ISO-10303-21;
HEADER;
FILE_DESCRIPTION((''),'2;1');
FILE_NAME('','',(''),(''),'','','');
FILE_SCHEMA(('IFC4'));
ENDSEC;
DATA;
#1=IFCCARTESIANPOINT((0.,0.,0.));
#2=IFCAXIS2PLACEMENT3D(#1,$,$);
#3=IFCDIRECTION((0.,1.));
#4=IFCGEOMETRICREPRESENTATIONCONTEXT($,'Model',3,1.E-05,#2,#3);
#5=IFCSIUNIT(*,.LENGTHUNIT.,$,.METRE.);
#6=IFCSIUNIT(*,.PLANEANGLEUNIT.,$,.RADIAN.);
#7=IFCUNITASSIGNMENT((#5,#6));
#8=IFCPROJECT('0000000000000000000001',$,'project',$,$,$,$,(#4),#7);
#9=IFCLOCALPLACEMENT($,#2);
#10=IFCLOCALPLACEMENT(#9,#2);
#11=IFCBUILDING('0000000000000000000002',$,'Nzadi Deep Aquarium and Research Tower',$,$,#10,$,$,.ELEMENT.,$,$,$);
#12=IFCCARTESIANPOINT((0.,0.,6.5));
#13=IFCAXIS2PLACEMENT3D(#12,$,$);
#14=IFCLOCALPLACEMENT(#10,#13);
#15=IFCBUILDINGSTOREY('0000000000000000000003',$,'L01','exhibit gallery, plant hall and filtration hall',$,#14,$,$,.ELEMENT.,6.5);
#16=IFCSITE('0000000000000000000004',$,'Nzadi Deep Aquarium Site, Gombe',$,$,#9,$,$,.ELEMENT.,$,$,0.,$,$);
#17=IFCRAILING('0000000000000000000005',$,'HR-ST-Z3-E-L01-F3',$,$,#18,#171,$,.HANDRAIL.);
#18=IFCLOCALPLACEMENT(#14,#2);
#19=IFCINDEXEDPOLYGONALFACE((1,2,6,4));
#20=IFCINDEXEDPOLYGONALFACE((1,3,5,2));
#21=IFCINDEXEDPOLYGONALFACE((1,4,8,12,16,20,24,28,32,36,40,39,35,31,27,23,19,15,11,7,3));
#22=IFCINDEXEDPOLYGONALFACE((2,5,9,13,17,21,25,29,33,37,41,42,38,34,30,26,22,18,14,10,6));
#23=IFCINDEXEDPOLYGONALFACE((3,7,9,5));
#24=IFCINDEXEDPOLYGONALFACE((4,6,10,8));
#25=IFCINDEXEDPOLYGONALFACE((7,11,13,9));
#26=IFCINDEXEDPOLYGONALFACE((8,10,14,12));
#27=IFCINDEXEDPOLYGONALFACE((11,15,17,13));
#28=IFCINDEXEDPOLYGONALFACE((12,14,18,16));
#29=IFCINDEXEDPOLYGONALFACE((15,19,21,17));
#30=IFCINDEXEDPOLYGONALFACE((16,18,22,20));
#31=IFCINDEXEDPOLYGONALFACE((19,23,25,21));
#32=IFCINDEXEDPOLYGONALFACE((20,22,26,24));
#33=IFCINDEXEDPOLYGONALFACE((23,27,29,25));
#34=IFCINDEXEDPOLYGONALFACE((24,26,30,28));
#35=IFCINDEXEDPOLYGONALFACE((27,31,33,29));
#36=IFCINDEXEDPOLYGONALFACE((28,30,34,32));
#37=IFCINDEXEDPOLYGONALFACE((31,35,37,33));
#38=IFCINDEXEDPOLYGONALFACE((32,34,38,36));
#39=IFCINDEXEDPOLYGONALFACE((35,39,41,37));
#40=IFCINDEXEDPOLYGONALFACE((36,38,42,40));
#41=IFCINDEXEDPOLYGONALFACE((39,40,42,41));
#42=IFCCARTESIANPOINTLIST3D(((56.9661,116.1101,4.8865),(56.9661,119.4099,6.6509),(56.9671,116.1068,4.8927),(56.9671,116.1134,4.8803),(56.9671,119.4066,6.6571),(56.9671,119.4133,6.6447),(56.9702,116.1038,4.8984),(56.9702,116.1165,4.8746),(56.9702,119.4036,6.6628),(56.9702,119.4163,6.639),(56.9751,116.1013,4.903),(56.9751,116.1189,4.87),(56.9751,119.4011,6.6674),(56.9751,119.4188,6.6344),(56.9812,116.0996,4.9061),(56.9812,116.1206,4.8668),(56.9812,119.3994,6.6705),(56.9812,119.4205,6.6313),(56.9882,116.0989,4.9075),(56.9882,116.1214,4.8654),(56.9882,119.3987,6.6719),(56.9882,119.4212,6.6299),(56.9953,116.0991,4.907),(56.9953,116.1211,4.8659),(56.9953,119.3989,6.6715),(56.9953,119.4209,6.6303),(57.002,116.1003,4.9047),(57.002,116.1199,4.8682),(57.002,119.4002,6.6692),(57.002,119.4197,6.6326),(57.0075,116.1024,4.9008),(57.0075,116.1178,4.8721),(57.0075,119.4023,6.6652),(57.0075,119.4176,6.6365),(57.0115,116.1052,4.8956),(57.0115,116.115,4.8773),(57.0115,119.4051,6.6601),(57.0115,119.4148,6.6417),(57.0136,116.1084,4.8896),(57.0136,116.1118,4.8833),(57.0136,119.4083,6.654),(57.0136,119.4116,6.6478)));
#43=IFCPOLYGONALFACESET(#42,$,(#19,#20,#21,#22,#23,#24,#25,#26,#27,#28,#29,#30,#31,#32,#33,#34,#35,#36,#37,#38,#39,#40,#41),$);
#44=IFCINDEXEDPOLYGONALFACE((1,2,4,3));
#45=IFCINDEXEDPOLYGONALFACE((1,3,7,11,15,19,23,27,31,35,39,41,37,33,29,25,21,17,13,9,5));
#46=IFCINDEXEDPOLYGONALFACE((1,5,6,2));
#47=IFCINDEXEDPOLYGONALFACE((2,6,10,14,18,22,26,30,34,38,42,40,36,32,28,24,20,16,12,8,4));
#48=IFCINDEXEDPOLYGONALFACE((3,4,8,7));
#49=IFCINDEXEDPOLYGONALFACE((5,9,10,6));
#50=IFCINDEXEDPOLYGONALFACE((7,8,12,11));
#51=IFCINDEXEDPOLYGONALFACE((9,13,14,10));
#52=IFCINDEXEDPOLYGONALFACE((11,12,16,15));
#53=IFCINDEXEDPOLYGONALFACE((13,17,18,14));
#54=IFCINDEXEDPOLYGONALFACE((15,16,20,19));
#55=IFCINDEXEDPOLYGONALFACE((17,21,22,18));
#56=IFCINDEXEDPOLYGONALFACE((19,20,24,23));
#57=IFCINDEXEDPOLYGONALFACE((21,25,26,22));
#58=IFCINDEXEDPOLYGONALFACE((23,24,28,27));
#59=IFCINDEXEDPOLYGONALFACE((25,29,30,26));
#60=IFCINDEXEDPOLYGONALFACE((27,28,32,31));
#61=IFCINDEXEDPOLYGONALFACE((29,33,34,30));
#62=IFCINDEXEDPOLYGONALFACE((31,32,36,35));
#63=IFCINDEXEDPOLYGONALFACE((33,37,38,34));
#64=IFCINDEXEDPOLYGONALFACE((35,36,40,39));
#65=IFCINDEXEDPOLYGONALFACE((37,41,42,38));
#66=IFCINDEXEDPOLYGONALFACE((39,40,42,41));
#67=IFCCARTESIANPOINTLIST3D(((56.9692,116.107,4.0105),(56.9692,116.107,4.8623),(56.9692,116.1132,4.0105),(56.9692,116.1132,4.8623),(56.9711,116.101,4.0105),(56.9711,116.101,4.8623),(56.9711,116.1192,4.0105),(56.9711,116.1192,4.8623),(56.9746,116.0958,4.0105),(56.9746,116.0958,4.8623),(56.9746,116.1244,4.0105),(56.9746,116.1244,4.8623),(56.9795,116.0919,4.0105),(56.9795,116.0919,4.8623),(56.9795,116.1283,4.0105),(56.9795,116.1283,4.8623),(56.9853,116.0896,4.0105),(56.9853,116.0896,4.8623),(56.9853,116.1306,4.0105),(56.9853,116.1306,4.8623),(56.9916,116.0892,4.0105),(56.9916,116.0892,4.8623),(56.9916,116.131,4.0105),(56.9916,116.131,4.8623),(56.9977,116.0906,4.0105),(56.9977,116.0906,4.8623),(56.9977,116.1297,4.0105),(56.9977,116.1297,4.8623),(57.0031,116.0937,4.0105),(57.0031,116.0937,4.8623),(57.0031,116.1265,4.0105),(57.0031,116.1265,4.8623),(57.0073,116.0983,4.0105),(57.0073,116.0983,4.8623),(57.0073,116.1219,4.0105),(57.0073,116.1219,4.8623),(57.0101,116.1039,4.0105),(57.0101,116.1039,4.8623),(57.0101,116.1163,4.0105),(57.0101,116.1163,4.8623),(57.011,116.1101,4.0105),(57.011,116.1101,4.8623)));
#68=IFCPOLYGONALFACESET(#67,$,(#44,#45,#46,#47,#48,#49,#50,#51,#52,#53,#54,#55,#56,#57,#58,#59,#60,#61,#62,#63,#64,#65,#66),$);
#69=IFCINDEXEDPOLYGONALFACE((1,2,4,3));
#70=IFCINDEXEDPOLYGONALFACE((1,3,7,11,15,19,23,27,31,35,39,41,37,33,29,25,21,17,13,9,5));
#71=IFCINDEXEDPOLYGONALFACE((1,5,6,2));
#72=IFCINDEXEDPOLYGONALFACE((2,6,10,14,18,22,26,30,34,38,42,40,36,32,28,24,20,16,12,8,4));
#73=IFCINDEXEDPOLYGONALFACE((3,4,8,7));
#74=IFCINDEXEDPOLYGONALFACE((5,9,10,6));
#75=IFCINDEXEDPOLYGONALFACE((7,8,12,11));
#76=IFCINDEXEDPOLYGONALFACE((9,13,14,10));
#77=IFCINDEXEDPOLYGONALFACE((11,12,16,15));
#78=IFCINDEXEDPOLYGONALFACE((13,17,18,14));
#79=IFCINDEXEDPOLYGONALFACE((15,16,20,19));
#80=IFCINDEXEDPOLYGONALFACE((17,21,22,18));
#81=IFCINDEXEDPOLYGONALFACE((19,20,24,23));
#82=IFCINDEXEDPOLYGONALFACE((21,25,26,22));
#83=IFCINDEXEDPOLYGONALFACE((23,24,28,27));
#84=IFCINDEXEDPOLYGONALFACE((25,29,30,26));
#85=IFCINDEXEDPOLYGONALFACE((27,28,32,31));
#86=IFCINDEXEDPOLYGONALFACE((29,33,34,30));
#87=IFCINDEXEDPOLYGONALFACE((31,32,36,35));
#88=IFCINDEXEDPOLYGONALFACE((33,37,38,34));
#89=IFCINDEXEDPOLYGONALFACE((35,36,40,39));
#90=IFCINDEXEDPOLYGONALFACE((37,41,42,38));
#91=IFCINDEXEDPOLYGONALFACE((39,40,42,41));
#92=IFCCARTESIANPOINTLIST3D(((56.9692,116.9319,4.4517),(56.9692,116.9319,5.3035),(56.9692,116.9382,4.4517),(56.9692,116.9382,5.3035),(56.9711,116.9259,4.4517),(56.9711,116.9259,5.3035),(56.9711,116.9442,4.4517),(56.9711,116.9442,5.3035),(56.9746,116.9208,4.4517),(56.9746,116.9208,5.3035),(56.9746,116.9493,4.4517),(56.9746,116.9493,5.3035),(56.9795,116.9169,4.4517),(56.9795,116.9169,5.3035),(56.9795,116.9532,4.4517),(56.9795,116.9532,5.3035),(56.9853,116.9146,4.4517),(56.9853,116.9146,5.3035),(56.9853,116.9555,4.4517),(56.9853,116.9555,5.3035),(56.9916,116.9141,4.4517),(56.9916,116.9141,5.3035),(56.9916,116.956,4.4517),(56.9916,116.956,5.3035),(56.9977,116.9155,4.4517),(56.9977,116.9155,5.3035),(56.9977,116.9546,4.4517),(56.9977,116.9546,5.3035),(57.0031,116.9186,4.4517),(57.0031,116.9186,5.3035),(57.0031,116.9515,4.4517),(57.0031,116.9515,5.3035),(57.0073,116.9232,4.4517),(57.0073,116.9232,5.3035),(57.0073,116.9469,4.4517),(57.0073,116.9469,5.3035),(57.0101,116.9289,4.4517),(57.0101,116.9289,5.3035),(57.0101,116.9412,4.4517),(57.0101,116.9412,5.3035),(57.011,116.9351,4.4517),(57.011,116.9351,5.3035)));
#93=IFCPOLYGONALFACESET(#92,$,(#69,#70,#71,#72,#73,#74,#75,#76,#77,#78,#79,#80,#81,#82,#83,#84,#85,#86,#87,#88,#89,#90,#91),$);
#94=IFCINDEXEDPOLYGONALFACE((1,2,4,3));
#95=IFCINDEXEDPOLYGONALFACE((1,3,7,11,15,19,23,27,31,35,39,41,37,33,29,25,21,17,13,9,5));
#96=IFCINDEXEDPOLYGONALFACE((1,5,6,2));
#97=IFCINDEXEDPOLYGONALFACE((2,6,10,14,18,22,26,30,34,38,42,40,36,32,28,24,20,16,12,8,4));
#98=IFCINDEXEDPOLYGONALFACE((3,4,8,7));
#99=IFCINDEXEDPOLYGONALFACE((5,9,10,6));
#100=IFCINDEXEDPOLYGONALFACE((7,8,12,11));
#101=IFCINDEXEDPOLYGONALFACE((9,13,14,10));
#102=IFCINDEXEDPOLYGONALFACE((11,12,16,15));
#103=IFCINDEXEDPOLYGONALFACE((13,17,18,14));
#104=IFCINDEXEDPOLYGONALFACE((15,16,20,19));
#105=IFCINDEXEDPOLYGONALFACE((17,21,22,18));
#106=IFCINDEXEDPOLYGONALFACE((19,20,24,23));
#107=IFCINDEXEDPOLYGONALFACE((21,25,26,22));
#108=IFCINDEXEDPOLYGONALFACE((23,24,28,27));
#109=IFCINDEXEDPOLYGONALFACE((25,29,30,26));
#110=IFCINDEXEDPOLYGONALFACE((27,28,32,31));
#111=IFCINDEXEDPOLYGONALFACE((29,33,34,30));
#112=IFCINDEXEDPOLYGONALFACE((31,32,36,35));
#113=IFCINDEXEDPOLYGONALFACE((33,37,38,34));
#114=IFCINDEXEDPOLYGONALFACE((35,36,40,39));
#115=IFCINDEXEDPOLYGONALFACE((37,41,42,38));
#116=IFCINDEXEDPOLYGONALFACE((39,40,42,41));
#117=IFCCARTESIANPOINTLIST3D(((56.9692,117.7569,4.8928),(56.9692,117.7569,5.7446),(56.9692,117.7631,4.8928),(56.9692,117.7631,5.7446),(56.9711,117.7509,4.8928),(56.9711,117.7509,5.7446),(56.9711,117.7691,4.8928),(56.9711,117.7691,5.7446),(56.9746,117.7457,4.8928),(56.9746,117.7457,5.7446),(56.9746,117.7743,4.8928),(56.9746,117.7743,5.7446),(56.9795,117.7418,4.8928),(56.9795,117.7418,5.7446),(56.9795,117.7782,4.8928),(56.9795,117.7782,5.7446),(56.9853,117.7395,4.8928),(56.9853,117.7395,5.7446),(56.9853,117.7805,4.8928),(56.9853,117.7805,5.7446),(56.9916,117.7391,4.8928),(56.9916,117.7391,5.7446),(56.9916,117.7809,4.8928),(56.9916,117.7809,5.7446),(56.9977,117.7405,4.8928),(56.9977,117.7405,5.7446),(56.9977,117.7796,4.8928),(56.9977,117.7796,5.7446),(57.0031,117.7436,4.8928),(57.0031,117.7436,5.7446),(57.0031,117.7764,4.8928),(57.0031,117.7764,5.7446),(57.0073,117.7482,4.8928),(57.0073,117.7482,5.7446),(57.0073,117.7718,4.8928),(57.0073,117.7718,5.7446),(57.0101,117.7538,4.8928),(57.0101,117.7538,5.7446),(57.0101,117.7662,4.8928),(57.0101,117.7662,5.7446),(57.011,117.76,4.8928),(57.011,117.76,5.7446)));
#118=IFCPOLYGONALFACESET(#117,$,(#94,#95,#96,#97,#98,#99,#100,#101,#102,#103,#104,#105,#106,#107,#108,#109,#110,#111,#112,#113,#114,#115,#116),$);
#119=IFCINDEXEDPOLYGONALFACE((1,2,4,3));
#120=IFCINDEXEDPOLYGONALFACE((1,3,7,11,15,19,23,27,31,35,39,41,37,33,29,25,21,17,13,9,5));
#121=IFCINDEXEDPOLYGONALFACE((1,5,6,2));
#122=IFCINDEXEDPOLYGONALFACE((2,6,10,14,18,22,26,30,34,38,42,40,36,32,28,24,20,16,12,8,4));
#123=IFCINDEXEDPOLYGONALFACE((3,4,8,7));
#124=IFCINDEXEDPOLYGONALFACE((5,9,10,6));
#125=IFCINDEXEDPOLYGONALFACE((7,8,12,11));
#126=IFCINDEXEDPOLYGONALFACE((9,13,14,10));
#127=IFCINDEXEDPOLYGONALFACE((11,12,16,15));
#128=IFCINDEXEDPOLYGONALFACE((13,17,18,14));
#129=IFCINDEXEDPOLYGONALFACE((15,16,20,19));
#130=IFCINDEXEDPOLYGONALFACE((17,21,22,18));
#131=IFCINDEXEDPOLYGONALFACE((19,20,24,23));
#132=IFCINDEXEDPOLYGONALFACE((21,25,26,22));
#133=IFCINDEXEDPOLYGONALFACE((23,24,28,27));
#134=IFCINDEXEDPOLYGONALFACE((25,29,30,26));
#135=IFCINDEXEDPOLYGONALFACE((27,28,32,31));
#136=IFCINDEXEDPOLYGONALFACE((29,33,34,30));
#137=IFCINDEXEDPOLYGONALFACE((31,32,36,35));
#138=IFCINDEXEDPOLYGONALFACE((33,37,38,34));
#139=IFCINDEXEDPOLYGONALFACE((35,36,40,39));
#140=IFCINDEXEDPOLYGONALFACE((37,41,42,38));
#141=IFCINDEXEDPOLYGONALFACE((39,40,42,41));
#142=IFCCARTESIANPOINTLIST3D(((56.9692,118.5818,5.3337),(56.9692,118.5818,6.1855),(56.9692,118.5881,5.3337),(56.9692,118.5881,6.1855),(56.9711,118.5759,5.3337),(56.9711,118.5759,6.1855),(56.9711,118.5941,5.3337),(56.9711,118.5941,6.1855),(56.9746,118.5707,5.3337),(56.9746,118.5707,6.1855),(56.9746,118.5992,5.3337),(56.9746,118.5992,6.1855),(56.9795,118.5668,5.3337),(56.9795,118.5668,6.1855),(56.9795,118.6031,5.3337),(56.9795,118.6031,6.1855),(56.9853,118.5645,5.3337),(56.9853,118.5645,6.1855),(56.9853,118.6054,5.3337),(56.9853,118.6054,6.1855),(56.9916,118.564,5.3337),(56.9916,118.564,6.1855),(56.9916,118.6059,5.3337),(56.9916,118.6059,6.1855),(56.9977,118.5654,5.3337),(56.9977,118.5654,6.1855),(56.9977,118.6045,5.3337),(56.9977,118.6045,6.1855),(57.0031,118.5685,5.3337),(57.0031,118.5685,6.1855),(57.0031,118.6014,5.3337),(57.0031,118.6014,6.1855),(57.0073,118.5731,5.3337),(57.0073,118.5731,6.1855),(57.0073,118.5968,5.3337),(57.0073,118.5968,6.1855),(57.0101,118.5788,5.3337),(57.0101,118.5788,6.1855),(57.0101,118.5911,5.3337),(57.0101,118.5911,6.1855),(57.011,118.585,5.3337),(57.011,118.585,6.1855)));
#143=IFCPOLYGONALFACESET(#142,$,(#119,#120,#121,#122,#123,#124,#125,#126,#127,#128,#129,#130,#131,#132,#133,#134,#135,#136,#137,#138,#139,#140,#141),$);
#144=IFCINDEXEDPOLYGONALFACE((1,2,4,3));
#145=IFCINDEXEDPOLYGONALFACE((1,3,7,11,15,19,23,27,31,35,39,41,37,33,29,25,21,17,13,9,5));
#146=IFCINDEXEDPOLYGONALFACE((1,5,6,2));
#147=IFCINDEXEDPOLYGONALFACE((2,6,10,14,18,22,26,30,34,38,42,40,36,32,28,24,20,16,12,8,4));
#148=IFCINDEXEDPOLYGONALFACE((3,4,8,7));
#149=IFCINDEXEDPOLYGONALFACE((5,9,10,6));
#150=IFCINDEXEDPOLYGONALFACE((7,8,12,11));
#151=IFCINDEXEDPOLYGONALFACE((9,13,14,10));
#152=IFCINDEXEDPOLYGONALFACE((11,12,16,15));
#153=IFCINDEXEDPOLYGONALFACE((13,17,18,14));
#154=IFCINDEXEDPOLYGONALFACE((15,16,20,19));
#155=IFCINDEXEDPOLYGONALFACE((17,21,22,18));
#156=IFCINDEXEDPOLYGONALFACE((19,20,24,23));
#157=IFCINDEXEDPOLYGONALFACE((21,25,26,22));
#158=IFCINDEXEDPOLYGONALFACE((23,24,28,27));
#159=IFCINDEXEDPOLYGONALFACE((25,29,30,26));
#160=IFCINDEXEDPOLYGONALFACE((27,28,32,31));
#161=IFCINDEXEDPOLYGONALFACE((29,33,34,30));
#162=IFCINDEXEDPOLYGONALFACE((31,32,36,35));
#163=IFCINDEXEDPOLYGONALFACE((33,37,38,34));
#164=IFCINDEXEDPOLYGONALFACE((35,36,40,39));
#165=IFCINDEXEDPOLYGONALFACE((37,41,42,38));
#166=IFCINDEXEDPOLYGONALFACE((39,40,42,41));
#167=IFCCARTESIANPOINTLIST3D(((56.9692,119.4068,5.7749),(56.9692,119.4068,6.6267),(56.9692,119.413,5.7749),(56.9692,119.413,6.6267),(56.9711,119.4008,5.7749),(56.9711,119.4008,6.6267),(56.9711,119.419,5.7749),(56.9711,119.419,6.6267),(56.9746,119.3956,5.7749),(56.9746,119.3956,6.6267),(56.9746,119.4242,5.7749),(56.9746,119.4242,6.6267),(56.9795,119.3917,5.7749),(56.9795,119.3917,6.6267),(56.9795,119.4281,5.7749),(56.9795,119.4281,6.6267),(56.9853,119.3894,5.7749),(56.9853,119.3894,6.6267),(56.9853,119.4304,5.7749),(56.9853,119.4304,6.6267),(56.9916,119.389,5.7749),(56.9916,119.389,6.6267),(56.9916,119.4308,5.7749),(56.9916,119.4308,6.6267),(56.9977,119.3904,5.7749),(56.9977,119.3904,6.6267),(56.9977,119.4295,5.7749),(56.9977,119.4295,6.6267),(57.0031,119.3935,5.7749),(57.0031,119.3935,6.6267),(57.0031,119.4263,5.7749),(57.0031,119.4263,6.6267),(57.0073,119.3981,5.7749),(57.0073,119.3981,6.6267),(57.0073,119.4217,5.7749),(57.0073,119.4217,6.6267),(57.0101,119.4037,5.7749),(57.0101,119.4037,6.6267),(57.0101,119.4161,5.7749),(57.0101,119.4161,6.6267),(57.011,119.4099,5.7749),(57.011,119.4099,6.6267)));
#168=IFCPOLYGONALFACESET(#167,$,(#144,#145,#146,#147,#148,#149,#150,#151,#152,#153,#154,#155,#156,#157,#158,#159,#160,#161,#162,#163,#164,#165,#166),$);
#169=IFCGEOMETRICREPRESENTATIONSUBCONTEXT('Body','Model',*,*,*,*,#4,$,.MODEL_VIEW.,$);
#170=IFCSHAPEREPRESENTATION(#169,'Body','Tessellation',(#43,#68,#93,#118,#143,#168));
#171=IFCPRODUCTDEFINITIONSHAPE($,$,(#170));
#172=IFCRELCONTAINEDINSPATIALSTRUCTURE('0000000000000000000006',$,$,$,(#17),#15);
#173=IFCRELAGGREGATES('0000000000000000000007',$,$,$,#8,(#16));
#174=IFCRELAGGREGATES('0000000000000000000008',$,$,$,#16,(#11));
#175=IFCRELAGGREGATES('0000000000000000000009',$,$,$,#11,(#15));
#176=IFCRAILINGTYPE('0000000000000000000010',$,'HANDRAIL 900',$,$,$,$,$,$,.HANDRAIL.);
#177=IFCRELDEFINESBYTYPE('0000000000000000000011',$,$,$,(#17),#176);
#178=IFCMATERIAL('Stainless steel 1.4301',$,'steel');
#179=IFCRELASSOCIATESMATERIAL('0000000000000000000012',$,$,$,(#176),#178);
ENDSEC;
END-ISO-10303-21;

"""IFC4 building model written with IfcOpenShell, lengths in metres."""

from ifc_helpers import new_model, si_unit, direction, frame, origin, origin_2d, place, context, subcontext, project, spatial, circle, extrude, material, type_object, element, save


model = new_model("IFC4")

# Units and contexts
model_context = context("Model", 3, precision=1e-05, world=origin(), true_north=direction((0.0, 1.0)))
body_context = subcontext(model_context, "Body", "Model", "MODEL_VIEW")
ifc_project = project(units=[si_unit("LENGTHUNIT", "METRE"), si_unit("PLANEANGLEUNIT", "RADIAN")], contexts=[model_context])

# Site, building, storey
site_placement = place(None, origin())
site = spatial("IfcSite", under=ifc_project, at=site_placement, Name="Nzadi Deep Aquarium Site, Gombe", CompositionType="ELEMENT", RefElevation=0.0)
building_placement = place(site_placement, origin())
building = spatial("IfcBuilding", under=site, at=building_placement, Name="Nzadi Deep Aquarium and Research Tower", CompositionType="ELEMENT")
storey_placement = place(building_placement, frame((0.0, 0.0, 6.5)))
storey = spatial("IfcBuildingStorey", under=building, at=storey_placement, Name="L01", Description="exhibit gallery, plant hall and filtration hall", CompositionType="ELEMENT", Elevation=6.5)

# Railing
ifc_material_1 = material(Name="Stainless steel 1.4301", Category="steel")
railing_type = type_object("IfcRailingType", Name="HANDRAIL 900", PredefinedType="HANDRAIL", material=ifc_material_1)
for number, where, name in (
    (1, (56.99, 116.1101, 4.0105), "HR-ST-Z3-E-L01-F3"),
):
    element("IfcRailing", number, at=place(storey_placement, frame(where)), inside=storey, type_object=railing_type, Name=name, PredefinedType="HANDRAIL", context=body_context, shape_type="SweptSolid", body=[
        extrude(circle(Radius=0.0239, at=origin_2d()), frame((0.0, 0.0, 0.876), z_axis=(0.0, 0.881852, 0.471526), x_axis=(-1.0, 0.0, 0.0)), (0.0, 0.0, 1.0), 3.7419),
        extrude(circle(Radius=0.021, at=origin_2d()), origin(), (0.0, 0.0, 1.0), 0.8518),
        extrude(circle(Radius=0.021, at=origin_2d()), frame((0.0, 0.825, 0.4412)), (0.0, 0.0, 1.0), 0.8518),
        extrude(circle(Radius=0.021, at=origin_2d()), frame((0.0, 1.6499, 0.8823)), (0.0, 0.0, 1.0), 0.8518),
        extrude(circle(Radius=0.021, at=origin_2d()), frame((0.0, 2.4749, 1.3232)), (0.0, 0.0, 1.0), 0.8518),
        extrude(circle(Radius=0.021, at=origin_2d()), frame((0.0, 3.2998, 1.7644)), (0.0, 0.0, 1.0), 0.8518),
    ])

save(model, "model.ifc")
